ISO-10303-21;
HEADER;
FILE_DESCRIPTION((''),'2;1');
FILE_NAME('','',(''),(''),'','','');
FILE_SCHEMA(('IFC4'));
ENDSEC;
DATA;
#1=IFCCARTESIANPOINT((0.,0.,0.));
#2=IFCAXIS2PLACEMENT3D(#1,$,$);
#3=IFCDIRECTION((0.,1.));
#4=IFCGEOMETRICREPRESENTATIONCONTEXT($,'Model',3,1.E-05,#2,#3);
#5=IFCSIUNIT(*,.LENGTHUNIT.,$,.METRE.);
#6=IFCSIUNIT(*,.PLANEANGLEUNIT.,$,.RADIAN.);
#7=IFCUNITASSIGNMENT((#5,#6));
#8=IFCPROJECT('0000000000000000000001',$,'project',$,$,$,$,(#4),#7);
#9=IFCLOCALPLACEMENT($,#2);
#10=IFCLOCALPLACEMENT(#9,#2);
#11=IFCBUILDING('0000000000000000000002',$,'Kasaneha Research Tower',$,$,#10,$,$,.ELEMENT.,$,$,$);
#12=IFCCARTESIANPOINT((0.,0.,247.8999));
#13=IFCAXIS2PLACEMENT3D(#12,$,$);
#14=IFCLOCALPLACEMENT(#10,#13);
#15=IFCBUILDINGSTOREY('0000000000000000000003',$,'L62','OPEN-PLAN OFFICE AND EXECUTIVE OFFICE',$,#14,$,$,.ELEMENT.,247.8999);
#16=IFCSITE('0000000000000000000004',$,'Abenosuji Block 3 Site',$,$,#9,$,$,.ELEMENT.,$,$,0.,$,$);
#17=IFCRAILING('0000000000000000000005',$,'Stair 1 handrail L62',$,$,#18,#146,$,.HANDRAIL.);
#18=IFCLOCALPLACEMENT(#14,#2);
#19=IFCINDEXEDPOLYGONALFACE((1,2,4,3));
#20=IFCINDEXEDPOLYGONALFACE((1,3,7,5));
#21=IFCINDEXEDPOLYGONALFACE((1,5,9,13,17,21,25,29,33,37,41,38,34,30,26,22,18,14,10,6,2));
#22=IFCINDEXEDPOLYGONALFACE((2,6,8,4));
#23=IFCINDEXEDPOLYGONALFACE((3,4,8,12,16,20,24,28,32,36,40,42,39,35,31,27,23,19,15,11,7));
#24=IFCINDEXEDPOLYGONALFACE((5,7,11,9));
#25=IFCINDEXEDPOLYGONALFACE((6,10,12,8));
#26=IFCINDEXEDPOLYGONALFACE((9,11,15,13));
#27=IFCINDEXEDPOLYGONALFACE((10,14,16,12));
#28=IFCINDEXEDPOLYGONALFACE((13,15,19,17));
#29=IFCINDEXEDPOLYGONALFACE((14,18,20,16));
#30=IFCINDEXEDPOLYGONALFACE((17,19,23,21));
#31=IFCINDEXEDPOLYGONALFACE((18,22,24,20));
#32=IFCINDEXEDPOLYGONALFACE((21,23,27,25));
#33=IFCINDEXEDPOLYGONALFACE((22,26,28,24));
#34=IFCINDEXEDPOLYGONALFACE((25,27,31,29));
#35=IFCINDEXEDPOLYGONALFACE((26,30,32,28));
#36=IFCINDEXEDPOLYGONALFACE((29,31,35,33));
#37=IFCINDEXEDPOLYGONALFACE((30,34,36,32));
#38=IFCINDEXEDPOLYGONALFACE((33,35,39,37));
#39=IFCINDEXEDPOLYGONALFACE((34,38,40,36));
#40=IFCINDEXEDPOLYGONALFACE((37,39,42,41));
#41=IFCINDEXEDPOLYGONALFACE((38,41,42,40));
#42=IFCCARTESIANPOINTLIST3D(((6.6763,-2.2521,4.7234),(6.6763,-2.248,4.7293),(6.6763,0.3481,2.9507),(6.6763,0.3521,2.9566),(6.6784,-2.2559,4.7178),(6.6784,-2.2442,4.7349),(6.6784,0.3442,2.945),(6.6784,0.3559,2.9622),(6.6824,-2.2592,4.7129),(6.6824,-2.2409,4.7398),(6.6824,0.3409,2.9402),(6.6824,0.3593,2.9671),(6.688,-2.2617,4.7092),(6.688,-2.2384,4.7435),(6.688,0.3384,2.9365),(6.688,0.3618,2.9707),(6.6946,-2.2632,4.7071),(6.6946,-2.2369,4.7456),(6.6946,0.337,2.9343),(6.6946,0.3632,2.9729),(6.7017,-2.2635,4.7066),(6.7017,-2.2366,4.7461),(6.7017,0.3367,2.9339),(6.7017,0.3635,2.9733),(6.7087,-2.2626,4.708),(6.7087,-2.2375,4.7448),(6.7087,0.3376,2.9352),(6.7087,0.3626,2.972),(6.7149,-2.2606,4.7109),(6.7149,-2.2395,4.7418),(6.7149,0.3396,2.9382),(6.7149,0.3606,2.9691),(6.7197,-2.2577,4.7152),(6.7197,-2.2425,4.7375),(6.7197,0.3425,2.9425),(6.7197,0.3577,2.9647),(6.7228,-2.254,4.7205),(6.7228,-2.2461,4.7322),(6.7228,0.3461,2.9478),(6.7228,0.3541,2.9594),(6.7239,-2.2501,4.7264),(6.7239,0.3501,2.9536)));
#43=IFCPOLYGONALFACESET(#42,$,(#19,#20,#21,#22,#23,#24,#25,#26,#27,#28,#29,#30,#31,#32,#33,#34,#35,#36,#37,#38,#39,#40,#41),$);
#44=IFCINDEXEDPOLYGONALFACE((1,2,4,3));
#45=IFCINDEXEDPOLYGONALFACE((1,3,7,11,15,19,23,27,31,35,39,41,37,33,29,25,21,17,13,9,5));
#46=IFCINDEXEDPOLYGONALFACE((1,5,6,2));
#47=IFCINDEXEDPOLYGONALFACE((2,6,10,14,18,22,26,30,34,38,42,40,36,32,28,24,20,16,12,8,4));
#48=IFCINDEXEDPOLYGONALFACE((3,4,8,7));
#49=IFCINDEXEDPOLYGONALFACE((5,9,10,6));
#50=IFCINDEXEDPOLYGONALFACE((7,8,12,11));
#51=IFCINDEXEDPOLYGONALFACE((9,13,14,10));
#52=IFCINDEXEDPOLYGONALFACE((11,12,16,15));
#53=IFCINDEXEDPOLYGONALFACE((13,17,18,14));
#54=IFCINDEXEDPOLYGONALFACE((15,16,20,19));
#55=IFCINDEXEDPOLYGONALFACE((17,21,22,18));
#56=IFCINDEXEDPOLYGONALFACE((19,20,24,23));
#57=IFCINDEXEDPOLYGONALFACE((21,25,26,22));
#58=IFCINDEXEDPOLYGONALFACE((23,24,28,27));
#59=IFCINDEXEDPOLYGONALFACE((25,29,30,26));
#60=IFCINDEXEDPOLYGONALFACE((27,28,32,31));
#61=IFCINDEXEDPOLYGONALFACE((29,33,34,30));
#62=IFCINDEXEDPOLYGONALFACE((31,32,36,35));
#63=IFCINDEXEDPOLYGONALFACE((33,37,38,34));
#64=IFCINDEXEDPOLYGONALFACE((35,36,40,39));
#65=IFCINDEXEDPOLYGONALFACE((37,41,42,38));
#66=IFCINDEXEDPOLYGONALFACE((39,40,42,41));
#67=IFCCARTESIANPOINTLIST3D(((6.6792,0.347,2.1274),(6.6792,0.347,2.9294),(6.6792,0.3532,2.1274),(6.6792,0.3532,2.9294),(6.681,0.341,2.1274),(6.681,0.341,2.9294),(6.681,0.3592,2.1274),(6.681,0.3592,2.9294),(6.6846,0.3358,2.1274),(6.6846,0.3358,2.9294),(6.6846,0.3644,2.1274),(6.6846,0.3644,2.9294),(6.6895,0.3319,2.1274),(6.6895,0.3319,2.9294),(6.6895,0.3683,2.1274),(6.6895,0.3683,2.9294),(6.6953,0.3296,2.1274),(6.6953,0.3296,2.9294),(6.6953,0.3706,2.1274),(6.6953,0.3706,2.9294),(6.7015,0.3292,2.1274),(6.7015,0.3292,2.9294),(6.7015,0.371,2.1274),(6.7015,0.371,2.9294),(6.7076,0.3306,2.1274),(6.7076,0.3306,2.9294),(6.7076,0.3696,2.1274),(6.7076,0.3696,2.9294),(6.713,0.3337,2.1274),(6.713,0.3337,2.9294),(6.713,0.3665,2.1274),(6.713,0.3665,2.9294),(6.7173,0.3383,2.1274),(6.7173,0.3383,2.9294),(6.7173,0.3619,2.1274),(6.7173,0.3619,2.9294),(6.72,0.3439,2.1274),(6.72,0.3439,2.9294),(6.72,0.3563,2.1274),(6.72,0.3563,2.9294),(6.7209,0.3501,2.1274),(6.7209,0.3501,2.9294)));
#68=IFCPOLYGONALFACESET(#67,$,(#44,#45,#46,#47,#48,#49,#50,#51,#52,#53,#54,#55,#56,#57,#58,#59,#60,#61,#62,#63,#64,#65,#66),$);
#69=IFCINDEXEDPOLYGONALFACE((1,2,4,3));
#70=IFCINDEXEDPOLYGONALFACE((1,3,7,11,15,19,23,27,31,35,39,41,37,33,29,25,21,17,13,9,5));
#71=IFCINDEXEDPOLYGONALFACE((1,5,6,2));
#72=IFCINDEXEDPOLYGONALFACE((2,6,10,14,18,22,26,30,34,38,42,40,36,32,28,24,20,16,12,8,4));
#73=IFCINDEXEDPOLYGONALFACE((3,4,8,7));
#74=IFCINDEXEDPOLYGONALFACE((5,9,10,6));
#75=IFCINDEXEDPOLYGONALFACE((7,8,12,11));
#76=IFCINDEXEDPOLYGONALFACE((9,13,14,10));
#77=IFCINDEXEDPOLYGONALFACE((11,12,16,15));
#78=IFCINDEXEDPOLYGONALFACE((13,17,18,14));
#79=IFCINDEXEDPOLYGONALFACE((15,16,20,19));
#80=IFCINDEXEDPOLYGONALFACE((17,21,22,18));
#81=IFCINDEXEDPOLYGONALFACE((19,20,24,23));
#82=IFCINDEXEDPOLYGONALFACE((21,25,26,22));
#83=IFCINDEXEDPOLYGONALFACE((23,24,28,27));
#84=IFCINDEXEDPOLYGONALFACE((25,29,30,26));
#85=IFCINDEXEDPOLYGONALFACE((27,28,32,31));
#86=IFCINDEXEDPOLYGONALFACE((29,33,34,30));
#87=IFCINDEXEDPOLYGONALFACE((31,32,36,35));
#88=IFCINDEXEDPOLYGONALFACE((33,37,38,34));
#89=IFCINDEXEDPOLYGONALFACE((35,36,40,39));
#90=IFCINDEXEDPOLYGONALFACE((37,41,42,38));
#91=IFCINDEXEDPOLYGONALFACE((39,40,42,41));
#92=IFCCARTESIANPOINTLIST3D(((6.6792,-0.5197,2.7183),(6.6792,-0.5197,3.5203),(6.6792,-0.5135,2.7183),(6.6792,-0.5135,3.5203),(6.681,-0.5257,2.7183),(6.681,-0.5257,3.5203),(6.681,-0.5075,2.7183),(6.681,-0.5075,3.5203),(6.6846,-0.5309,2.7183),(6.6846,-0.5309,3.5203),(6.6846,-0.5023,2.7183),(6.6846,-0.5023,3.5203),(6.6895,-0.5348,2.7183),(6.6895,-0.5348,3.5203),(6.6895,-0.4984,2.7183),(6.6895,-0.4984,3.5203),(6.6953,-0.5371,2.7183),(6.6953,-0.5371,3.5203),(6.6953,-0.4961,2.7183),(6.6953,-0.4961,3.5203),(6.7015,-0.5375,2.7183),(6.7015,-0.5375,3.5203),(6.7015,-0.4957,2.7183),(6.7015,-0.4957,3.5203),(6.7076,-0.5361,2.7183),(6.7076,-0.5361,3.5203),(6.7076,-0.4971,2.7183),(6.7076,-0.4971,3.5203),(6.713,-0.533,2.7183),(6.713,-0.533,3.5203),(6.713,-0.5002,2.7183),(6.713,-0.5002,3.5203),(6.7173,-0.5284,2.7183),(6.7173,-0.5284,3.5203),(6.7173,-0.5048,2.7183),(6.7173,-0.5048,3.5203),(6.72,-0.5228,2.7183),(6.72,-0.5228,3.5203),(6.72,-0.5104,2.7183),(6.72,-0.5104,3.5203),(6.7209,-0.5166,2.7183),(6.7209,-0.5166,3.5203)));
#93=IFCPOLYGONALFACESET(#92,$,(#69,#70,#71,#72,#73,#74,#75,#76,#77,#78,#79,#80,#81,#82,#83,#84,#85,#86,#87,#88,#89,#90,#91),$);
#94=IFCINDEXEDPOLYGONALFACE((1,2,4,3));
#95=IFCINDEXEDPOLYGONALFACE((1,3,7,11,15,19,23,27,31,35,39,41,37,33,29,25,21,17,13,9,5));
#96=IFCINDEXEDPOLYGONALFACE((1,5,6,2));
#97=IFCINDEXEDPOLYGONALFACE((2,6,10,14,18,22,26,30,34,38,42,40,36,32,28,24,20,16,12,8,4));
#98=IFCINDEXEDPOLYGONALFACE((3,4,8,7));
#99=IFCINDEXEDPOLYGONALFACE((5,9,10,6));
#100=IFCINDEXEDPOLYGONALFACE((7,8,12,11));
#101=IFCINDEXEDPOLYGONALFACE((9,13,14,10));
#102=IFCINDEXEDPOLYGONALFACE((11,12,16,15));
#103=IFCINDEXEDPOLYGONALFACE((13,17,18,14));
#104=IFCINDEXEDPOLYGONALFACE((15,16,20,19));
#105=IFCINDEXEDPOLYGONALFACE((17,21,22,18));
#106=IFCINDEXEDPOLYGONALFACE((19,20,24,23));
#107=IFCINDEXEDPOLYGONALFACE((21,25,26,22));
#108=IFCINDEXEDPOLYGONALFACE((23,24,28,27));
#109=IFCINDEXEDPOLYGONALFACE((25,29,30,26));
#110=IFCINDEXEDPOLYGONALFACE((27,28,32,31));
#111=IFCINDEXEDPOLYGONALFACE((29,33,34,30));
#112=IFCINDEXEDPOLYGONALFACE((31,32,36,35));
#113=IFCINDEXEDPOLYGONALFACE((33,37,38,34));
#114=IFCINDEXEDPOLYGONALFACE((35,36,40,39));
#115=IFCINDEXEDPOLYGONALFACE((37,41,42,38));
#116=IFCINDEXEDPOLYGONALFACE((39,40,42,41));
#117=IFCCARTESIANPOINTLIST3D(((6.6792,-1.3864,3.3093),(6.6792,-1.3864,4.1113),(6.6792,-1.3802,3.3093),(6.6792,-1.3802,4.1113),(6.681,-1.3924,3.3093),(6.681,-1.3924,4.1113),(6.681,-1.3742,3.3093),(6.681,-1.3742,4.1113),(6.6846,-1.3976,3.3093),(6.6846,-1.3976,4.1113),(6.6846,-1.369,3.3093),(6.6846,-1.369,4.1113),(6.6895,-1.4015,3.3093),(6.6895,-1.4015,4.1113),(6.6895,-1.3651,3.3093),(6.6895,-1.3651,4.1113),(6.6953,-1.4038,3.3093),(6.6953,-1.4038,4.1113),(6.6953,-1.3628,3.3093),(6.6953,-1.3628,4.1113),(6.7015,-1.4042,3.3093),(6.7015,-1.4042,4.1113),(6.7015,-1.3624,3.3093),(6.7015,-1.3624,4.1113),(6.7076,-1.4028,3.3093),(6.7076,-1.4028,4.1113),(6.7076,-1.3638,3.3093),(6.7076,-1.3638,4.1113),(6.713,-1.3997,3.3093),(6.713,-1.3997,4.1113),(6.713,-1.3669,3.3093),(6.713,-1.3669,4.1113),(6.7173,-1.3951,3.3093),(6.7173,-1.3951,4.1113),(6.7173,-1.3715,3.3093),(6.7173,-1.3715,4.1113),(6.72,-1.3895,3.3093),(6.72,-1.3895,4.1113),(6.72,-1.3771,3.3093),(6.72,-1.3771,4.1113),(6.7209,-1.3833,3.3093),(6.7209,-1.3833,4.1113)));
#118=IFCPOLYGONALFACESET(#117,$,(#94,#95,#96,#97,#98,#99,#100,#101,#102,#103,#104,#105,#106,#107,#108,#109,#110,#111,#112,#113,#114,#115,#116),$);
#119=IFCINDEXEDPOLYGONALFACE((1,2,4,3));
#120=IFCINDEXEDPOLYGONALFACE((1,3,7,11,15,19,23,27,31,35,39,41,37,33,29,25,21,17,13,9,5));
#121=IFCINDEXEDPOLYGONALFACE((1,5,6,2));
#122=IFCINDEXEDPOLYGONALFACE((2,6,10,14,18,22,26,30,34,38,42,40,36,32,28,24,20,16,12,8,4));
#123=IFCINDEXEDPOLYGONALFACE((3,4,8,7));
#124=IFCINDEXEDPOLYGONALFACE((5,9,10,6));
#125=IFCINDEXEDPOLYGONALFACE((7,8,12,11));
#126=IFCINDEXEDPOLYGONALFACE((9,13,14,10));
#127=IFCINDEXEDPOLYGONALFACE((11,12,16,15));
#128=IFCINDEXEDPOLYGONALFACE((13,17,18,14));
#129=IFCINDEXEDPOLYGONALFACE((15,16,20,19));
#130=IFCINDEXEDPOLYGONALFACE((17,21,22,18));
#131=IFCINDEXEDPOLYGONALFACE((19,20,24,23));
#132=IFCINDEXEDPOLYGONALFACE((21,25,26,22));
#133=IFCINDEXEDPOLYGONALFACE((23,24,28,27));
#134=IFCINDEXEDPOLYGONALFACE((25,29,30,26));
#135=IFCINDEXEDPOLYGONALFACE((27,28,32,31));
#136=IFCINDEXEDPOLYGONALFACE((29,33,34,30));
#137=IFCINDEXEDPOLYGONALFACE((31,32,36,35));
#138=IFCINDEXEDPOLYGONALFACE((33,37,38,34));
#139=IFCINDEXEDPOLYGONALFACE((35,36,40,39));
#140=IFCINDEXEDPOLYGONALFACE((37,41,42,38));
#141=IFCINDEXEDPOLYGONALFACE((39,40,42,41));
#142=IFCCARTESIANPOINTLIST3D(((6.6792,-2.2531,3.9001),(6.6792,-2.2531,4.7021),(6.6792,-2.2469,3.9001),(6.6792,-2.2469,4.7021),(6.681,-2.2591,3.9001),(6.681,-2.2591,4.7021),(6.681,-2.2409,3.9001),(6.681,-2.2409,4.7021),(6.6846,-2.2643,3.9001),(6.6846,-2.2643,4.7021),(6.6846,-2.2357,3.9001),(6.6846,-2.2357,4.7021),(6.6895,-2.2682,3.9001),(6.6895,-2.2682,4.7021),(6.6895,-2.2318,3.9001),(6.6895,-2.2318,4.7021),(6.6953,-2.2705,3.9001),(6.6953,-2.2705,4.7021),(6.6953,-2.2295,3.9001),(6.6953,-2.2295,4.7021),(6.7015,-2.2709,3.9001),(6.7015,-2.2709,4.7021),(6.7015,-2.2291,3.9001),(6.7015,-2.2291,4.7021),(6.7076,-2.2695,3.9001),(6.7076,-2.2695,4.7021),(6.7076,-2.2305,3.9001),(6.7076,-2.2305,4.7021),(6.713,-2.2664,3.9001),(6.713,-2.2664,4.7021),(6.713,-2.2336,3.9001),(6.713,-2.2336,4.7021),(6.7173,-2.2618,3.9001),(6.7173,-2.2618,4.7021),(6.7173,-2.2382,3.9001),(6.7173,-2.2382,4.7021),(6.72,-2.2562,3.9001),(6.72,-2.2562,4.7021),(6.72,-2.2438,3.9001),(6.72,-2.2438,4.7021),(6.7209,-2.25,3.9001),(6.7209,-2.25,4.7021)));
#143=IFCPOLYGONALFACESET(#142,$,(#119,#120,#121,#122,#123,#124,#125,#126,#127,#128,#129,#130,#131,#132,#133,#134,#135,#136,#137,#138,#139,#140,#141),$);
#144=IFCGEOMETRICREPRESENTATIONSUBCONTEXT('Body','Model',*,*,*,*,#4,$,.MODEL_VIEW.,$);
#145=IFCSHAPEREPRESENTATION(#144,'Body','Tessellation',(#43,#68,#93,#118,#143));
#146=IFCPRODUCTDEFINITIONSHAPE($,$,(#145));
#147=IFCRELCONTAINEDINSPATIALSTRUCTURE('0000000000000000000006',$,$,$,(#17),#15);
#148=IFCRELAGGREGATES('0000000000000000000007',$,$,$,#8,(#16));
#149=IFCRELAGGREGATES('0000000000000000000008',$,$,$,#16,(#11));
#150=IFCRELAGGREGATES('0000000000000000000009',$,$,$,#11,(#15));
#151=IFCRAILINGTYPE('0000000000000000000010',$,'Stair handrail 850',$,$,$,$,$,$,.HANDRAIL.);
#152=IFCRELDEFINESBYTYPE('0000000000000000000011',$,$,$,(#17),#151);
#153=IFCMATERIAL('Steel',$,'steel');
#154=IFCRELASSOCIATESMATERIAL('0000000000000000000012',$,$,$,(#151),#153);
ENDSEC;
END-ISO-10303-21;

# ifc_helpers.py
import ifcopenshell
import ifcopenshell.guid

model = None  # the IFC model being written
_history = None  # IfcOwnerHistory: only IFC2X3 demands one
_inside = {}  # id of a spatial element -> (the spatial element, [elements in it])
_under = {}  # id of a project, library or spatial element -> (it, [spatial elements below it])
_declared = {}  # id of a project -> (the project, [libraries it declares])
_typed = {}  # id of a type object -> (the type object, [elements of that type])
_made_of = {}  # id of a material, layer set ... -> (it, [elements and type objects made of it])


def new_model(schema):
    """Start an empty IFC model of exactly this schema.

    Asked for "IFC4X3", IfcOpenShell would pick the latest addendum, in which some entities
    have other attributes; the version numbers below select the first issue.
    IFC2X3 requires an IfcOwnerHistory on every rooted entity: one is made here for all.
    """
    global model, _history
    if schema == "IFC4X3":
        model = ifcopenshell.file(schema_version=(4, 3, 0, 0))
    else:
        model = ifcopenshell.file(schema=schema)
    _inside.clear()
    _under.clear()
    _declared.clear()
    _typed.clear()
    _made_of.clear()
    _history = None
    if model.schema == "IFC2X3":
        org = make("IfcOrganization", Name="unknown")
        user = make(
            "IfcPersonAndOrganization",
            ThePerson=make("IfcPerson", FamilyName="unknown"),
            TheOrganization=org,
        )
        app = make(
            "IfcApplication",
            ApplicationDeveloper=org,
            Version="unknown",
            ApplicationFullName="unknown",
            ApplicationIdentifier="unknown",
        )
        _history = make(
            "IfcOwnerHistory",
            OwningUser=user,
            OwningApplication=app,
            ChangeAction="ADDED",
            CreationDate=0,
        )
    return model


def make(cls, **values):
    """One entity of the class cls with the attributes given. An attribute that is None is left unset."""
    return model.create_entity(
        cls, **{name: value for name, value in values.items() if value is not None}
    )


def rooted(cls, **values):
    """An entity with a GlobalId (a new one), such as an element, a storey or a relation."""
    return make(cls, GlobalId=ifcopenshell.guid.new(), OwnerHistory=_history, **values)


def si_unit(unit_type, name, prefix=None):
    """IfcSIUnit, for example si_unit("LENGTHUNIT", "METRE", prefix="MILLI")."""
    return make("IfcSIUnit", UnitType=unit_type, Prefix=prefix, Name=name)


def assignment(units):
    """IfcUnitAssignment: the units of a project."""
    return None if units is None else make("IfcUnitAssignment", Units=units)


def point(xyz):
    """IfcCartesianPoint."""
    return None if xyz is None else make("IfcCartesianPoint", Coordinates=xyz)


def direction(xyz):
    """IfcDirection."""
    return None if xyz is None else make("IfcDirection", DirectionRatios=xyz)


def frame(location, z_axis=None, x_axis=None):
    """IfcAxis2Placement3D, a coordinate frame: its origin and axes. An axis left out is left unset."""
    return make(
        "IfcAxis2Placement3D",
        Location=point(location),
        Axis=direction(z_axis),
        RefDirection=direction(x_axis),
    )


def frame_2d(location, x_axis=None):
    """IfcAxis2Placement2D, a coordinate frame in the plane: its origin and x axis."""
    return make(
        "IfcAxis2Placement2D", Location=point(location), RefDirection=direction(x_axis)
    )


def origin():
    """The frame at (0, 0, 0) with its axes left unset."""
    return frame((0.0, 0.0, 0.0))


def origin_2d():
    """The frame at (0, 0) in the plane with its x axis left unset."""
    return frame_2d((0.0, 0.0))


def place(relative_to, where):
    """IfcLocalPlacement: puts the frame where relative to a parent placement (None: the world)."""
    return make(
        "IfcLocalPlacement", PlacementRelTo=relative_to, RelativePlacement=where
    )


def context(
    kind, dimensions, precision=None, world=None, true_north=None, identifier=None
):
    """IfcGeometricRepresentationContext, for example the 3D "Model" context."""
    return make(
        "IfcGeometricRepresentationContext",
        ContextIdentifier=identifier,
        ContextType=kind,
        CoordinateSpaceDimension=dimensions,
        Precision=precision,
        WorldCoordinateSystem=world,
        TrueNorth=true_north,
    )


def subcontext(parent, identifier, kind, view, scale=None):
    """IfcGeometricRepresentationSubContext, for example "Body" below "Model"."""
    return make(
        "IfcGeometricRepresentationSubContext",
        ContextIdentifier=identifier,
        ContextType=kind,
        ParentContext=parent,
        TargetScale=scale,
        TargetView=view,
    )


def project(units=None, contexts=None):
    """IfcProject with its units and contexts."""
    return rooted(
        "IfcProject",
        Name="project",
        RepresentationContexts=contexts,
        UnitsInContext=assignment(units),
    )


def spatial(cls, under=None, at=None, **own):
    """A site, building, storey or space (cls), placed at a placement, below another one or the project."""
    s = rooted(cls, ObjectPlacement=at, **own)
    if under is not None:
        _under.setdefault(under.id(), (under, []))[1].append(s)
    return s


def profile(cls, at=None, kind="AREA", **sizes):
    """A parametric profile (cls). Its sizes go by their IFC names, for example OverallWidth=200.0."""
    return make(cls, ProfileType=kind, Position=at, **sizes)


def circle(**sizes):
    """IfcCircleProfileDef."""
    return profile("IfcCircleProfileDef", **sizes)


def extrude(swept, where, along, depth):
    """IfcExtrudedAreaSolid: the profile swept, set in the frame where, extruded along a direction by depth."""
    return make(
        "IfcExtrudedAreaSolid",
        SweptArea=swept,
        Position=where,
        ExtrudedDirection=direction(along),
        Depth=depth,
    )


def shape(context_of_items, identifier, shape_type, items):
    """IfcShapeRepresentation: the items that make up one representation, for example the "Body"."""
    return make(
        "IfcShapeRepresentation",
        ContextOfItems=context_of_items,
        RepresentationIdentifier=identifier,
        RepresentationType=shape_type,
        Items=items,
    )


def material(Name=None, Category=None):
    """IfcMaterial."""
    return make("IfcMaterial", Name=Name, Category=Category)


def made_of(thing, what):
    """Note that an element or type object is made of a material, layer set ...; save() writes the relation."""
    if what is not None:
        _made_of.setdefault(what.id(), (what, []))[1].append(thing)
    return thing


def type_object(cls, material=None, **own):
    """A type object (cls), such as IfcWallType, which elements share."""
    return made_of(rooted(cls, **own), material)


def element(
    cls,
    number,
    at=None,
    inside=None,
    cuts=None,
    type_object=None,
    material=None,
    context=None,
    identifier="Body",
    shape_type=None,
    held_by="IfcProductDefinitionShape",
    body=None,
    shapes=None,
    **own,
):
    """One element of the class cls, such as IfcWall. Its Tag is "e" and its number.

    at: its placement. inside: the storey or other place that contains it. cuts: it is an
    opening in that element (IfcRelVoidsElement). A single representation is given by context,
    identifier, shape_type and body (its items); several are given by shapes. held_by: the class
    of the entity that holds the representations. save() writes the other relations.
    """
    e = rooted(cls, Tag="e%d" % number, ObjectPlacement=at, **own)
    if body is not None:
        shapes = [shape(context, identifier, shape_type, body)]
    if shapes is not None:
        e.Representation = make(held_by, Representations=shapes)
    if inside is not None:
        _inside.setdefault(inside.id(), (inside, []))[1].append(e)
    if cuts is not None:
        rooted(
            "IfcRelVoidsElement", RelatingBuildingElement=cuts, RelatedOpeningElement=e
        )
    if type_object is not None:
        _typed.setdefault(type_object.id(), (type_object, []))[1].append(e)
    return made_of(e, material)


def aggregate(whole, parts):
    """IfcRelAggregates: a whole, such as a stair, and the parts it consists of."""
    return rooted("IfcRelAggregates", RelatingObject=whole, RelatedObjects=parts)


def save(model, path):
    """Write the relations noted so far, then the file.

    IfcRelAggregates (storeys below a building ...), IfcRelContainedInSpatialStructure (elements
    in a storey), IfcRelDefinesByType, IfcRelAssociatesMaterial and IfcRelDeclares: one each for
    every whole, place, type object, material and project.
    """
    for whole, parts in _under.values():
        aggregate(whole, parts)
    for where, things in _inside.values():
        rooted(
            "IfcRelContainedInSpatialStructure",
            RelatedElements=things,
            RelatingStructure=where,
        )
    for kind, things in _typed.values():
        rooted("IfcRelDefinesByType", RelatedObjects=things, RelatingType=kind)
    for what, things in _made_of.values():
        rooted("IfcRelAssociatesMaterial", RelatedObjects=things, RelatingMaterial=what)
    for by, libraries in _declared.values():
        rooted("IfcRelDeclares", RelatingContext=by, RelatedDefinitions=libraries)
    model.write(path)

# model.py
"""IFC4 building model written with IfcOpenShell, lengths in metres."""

from ifc_helpers import new_model, si_unit, direction, frame, origin, origin_2d, place, context, subcontext, project, spatial, circle, extrude, material, type_object, element, save


model = new_model("IFC4")

# Units and contexts
model_context = context("Model", 3, precision=1e-05, world=origin(), true_north=direction((0.0, 1.0)))
body_context = subcontext(model_context, "Body", "Model", "MODEL_VIEW")
ifc_project = project(units=[si_unit("LENGTHUNIT", "METRE"), si_unit("PLANEANGLEUNIT", "RADIAN")], contexts=[model_context])

# Site, building, storey
site_placement = place(None, origin())
site = spatial("IfcSite", under=ifc_project, at=site_placement, Name="Abenosuji Block 3 Site", CompositionType="ELEMENT", RefElevation=0.0)
building_placement = place(site_placement, origin())
building = spatial("IfcBuilding", under=site, at=building_placement, Name="Kasaneha Research Tower", CompositionType="ELEMENT")
storey_placement = place(building_placement, frame((0.0, 0.0, 247.8999)))
storey = spatial("IfcBuildingStorey", under=building, at=storey_placement, Name="L62", Description="OPEN-PLAN OFFICE AND EXECUTIVE OFFICE", CompositionType="ELEMENT", Elevation=247.8999)

# Railing
ifc_material_1 = material(Name="Steel", Category="steel")
railing_type_1 = type_object("IfcRailingType", Name="Stair handrail 850", PredefinedType="HANDRAIL", material=ifc_material_1)
railing_1_placement = place(storey_placement, frame((6.7, 0.3501, 2.1274)))
element("IfcRailing", 1, at=railing_1_placement, inside=storey, type_object=railing_type_1, Name="Stair 1 handrail L62", PredefinedType="HANDRAIL", context=body_context, shape_type="SweptSolid", body=[
    extrude(circle(Radius=0.0239, at=origin_2d()), frame((0.0, 0.0, 0.8262), z_axis=(0.0, -0.82624, 0.563318), x_axis=(1.0, 0.0, 0.0)), (0.0, 0.0, 1.0), 3.147),
    extrude(circle(Radius=0.021, at=origin_2d()), origin(), (0.0, 0.0, 1.0), 0.802),
    extrude(circle(Radius=0.021, at=origin_2d()), frame((0.0, -0.8667, 0.5908)), (0.0, 0.0, 1.0), 0.802),
    extrude(circle(Radius=0.021, at=origin_2d()), frame((0.0, -1.7334, 1.1819)), (0.0, 0.0, 1.0), 0.802),
    extrude(circle(Radius=0.021, at=origin_2d()), frame((0.0, -2.6001, 1.7727)), (0.0, 0.0, 1.0), 0.802),
])

save(model, "model.ifc")
